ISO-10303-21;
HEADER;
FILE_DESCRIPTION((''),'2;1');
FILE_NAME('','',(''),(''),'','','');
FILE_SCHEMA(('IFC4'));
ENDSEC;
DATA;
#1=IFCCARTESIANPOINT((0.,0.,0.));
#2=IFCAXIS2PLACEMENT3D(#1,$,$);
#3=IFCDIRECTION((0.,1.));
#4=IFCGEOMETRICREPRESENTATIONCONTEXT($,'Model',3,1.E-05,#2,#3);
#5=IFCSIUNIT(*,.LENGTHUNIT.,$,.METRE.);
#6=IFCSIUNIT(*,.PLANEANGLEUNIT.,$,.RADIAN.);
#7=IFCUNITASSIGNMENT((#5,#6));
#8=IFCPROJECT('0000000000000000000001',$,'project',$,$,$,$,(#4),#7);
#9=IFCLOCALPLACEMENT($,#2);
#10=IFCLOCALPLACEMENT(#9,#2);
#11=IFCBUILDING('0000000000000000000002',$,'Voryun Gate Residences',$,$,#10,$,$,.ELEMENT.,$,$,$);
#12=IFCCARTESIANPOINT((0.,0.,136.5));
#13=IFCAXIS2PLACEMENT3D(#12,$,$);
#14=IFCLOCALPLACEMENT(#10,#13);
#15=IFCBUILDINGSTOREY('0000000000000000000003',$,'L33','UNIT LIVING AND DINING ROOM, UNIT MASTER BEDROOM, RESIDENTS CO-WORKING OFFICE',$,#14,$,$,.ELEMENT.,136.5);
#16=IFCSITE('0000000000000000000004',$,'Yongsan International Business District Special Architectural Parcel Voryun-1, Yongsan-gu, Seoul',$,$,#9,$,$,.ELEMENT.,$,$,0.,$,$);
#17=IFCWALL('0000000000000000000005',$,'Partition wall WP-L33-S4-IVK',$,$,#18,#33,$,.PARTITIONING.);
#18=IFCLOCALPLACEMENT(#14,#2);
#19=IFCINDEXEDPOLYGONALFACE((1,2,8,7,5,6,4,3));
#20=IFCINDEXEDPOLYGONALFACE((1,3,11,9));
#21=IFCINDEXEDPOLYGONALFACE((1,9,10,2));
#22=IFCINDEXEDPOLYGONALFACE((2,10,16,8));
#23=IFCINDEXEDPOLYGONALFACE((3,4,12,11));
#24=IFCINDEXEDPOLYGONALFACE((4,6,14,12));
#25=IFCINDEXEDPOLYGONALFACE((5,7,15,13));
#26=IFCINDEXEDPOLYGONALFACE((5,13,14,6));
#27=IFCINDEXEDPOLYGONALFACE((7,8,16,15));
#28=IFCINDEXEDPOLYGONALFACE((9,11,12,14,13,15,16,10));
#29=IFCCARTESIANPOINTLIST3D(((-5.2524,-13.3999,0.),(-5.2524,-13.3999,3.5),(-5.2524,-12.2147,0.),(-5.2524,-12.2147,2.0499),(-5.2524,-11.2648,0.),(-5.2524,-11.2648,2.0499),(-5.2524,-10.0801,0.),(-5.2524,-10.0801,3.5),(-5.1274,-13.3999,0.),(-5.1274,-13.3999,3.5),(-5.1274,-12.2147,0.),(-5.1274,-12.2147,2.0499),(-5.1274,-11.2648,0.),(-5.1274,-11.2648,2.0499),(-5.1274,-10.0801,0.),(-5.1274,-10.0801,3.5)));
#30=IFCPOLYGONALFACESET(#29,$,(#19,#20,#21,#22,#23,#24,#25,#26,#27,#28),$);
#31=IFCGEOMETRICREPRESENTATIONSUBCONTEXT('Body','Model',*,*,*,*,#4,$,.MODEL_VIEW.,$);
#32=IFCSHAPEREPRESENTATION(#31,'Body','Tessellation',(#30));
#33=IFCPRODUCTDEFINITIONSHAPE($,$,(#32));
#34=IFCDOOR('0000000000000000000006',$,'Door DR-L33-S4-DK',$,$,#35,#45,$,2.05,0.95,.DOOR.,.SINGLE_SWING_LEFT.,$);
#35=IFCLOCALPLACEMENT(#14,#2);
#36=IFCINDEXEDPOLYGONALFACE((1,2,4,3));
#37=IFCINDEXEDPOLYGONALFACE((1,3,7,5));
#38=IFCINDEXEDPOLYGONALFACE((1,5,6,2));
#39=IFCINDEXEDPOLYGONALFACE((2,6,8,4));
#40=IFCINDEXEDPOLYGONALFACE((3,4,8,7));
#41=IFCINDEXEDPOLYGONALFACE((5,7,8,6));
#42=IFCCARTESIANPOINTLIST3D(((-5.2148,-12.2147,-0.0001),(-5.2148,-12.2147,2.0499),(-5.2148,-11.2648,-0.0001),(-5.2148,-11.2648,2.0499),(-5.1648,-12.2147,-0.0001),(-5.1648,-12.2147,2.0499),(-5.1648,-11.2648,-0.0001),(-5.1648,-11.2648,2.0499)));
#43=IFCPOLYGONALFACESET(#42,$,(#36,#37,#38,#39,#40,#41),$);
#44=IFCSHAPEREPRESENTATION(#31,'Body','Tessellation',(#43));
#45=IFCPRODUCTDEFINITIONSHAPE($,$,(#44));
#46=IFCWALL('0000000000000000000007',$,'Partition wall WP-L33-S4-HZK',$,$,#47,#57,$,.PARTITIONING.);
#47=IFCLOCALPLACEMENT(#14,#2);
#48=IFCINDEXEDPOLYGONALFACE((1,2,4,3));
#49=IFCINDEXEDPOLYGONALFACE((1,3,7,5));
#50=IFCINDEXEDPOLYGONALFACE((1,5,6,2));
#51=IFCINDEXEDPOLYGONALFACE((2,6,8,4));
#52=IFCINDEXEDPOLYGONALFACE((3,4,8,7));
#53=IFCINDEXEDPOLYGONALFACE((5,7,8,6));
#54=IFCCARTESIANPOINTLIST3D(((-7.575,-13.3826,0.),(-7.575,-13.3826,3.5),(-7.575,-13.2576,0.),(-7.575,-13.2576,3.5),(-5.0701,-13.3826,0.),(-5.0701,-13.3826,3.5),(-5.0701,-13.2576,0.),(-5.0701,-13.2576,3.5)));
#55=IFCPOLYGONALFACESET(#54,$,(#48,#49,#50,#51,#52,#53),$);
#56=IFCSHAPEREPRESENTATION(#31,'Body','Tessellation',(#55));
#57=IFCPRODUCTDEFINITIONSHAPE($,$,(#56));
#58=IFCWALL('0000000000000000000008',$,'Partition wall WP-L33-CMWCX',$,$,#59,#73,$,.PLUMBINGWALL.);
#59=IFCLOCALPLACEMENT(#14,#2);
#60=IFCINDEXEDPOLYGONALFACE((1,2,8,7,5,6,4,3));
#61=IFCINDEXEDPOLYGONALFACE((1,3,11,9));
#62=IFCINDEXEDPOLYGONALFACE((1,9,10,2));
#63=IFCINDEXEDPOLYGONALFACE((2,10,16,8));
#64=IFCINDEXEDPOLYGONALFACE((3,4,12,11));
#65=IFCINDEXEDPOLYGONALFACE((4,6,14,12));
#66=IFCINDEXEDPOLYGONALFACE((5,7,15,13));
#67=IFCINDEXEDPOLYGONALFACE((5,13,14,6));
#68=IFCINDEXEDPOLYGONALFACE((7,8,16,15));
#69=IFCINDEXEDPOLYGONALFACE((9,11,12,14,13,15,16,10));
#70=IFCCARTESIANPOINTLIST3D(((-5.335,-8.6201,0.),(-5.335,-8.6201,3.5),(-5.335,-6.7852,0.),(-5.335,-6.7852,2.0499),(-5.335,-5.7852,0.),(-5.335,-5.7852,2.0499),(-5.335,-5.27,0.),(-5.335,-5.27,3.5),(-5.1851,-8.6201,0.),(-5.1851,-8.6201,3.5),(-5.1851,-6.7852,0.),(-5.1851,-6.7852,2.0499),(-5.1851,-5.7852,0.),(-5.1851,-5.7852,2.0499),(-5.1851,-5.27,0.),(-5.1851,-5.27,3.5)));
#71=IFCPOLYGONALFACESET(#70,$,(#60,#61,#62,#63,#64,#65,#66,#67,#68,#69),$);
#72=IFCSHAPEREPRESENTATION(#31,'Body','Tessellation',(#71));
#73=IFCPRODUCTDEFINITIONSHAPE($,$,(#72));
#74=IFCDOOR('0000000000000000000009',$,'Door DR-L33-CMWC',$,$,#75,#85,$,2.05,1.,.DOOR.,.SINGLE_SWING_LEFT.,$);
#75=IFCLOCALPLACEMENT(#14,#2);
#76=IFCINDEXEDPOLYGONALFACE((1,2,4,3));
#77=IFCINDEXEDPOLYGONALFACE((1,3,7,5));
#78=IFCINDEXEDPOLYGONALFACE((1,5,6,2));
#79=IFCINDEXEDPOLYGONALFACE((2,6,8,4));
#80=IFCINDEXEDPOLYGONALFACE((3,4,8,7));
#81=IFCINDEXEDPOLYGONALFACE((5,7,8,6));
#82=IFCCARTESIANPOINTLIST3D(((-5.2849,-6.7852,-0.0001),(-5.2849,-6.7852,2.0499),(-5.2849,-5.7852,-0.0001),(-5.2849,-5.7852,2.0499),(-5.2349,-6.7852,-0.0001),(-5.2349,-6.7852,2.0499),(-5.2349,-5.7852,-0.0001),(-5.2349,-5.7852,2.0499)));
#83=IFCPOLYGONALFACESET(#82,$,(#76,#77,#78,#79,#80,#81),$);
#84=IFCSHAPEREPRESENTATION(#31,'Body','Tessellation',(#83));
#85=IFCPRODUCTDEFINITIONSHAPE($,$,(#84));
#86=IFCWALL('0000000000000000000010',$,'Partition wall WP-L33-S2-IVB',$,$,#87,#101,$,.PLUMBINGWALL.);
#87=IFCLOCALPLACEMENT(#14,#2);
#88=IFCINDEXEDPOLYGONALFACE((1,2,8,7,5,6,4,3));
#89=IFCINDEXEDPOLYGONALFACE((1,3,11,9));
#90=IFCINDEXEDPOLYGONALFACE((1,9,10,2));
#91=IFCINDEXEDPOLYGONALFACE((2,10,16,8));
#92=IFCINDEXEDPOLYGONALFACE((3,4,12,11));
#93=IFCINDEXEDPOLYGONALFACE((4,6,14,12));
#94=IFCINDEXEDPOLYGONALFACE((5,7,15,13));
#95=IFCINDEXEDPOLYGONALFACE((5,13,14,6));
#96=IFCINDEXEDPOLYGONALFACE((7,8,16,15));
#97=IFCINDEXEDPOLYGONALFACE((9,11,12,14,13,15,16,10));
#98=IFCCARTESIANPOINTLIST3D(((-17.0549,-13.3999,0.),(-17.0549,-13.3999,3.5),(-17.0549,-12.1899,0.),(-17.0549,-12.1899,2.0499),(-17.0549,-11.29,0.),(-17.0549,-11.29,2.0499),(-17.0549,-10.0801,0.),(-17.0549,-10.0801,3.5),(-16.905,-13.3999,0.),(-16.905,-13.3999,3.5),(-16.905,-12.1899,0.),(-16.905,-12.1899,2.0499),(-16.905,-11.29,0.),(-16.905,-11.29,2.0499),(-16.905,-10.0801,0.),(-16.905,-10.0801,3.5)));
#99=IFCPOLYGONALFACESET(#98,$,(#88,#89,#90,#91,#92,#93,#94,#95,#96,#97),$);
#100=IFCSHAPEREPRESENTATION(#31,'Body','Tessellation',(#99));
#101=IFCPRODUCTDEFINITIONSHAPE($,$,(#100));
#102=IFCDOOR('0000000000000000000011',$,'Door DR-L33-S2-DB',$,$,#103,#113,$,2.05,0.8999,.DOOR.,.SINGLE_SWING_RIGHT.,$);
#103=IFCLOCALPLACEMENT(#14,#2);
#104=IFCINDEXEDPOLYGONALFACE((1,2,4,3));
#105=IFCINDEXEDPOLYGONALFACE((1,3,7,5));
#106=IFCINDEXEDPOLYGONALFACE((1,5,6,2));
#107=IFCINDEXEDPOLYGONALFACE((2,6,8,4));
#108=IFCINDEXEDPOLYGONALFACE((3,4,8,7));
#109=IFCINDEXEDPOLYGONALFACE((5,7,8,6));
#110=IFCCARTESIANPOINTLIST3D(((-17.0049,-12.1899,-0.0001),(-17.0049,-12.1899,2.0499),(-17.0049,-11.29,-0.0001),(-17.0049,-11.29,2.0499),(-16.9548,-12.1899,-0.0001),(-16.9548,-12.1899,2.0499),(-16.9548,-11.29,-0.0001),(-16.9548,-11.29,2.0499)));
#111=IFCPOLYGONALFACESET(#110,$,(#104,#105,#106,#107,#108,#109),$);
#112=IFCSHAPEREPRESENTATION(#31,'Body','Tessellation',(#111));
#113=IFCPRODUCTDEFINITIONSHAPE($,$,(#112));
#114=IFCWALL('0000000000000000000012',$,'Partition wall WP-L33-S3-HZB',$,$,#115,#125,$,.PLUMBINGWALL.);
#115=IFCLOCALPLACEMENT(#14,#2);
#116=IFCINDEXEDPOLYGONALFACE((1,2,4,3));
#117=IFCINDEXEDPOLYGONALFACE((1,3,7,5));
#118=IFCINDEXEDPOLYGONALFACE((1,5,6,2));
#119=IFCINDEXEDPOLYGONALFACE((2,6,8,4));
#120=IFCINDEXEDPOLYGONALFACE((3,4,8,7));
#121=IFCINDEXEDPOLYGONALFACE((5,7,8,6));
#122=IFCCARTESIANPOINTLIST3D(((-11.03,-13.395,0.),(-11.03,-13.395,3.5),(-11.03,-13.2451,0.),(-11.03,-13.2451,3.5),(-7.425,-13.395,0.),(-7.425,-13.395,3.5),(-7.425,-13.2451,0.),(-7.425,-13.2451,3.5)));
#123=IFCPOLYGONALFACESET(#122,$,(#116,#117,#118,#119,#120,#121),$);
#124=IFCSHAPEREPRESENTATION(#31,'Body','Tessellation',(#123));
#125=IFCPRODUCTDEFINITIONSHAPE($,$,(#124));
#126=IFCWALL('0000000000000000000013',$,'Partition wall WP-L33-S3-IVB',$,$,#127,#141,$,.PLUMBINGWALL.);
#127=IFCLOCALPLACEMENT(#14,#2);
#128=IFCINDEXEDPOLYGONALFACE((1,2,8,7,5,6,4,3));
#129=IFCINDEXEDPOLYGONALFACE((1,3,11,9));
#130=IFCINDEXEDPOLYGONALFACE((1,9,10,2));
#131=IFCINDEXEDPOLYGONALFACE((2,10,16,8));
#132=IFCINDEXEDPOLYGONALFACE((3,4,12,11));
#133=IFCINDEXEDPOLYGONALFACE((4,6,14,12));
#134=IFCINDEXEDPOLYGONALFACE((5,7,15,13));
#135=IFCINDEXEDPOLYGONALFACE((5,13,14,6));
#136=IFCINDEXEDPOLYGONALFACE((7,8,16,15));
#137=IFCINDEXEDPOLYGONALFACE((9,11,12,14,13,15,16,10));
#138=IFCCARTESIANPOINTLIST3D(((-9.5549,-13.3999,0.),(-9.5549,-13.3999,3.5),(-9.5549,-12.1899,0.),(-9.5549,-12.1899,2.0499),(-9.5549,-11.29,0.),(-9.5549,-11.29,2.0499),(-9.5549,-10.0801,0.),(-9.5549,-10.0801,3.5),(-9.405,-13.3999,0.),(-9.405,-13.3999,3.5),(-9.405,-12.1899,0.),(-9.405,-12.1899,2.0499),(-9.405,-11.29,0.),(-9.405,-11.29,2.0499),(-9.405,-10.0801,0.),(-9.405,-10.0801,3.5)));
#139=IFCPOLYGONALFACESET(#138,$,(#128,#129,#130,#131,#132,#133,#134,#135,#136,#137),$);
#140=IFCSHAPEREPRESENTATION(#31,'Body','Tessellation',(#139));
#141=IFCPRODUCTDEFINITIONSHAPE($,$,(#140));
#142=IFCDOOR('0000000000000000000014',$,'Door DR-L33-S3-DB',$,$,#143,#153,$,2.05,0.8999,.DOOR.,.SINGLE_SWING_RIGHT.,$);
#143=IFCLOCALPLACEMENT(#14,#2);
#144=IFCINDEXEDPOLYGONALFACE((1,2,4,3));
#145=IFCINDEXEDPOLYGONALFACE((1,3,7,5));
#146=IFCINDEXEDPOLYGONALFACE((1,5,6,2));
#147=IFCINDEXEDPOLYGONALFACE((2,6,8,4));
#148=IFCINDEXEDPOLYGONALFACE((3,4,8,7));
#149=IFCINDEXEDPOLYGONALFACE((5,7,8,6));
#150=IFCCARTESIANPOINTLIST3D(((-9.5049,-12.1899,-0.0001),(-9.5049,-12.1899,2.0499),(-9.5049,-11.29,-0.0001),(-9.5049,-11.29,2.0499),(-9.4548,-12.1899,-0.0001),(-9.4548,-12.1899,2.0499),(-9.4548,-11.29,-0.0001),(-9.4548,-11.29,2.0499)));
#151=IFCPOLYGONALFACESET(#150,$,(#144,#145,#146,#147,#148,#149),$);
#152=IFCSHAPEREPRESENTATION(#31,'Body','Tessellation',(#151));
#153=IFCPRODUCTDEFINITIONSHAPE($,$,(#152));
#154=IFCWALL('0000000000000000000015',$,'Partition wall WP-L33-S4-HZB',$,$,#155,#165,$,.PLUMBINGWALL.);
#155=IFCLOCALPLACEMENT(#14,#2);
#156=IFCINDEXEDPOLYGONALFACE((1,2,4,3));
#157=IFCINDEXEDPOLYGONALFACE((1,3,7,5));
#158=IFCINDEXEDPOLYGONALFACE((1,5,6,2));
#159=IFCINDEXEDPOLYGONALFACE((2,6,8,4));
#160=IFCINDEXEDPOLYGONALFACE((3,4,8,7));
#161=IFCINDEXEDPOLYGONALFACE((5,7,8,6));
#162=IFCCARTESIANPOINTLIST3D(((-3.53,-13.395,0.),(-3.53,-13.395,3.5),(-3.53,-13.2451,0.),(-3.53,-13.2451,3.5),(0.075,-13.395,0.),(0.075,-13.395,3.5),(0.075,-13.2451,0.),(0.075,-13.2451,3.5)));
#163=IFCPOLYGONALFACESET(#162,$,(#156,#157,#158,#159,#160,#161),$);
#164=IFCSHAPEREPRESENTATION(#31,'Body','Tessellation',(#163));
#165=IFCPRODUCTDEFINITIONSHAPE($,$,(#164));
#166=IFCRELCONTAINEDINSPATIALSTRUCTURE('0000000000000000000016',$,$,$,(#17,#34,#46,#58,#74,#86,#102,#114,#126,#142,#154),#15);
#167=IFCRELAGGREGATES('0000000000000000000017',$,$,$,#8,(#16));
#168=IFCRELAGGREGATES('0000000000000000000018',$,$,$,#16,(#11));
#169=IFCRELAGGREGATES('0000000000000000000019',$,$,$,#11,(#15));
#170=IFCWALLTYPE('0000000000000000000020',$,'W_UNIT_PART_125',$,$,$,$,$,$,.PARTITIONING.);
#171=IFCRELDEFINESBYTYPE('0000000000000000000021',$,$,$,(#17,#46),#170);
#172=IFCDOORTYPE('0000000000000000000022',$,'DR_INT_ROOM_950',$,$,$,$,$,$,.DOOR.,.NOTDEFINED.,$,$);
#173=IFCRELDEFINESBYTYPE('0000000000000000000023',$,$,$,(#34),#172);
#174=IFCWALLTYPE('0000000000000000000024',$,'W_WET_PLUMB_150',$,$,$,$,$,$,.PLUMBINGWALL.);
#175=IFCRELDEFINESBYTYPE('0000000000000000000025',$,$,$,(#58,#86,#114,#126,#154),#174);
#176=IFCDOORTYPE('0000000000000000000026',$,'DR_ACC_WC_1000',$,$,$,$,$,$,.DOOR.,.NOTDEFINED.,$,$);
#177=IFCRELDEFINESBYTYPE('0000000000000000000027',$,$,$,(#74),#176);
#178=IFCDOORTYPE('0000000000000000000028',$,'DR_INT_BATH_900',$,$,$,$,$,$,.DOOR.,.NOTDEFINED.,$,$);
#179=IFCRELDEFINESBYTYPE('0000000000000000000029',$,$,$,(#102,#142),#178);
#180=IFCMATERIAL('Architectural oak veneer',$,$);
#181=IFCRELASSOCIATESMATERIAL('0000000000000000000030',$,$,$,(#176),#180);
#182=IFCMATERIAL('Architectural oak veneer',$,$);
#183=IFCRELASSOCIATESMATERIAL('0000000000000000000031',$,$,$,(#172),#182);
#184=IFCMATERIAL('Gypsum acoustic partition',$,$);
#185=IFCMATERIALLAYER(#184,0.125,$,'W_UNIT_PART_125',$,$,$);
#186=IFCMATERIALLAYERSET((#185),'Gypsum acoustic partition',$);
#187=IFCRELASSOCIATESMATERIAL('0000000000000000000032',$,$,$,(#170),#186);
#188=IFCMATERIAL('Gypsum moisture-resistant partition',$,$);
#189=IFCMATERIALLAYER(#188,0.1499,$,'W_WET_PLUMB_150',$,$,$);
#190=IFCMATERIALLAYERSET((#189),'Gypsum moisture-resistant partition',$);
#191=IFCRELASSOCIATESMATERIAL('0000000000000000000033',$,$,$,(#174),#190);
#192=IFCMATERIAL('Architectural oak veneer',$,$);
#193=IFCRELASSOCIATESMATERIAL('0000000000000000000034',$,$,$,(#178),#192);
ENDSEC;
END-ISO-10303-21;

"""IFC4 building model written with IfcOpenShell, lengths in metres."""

from ifc_helpers import new_model, si_unit, direction, frame, frame_2d, origin, place, context, subcontext, project, spatial, rectangle, extrude, material, layer, layer_set, type_object, element, fill, save


model = new_model("IFC4")

# Units and contexts
model_context = context("Model", 3, precision=1e-05, world=origin(), true_north=direction((0.0, 1.0)))
body_context = subcontext(model_context, "Body", "Model", "MODEL_VIEW")
ifc_project = project(units=[si_unit("LENGTHUNIT", "METRE"), si_unit("PLANEANGLEUNIT", "RADIAN")], contexts=[model_context])

# Site, building, storey
site_placement = place(None, origin())
site = spatial("IfcSite", under=ifc_project, at=site_placement, Name="Yongsan International Business District Special Architectural Parcel Voryun-1, Yongsan-gu, Seoul", CompositionType="ELEMENT", RefElevation=0.0)
building_placement = place(site_placement, origin())
building = spatial("IfcBuilding", under=site, at=building_placement, Name="Voryun Gate Residences", CompositionType="ELEMENT")
storey_placement = place(building_placement, frame((0.0, 0.0, 136.5)))
storey = spatial("IfcBuildingStorey", under=building, at=storey_placement, Name="L33", Description="UNIT LIVING AND DINING ROOM, UNIT MASTER BEDROOM, RESIDENTS CO-WORKING OFFICE", CompositionType="ELEMENT", Elevation=136.5)

# Shared definitions
ifc_material_1 = material(Name="Architectural oak veneer")
door_type_1 = type_object("IfcDoorType", Name="DR_ACC_WC_1000", OperationType="NOTDEFINED", PredefinedType="DOOR", material=ifc_material_1)
ifc_material_2 = material(Name="Architectural oak veneer")
door_type_2 = type_object("IfcDoorType", Name="DR_INT_ROOM_950", OperationType="NOTDEFINED", PredefinedType="DOOR", material=ifc_material_2)

# Shared definitions
ifc_material_3 = material(Name="Gypsum acoustic partition")
ifc_layer_1 = layer(ifc_material_3, 0.125, Name="W_UNIT_PART_125")
ifc_layer_set_1 = layer_set([ifc_layer_1], Name="Gypsum acoustic partition")
wall_type_1 = type_object("IfcWallType", Name="W_UNIT_PART_125", PredefinedType="PARTITIONING", material=ifc_layer_set_1)

# Wall, opening, door
wall_1_placement = place(storey_placement, frame((-5.1899, -13.3999, 0.0), z_axis=(0.0, 0.0, 1.0), x_axis=(0.0, 1.0, 0.0)))
wall_1 = element("IfcWall", 1, at=wall_1_placement, inside=storey, type_object=wall_type_1, Name="Partition wall WP-L33-S4-IVK", PredefinedType="PARTITIONING", context=body_context, shape_type="SweptSolid", body=[
    extrude(rectangle(XDim=3.3198, YDim=0.125, at=frame_2d((1.6599, 0.0))), origin(), (0.0, 0.0, 1.0), 3.5),
])
opening_1_placement = place(wall_1_placement, frame((1.1851, 0.0, 0.0)))
opening_1 = element("IfcOpeningElement", 2, at=opening_1_placement, cuts=wall_1, PredefinedType="OPENING", context=body_context, shape_type="SweptSolid", body=[
    extrude(rectangle(XDim=0.95, YDim=2.05, at=frame_2d((0.4751, 1.0249))), frame((0.0, 0.0725, 0.0), z_axis=(0.0, -1.0, 0.0), x_axis=(1.0, 0.0, 0.0)), (0.0, 0.0, 1.0), 0.145),
])
door_1_placement = place(opening_1_placement, origin())
door_1 = element("IfcDoor", 3, at=door_1_placement, inside=storey, type_object=door_type_2, Name="Door DR-L33-S4-DK", OperationType="SINGLE_SWING_LEFT", OverallHeight=2.05, OverallWidth=0.95, PredefinedType="DOOR", context=body_context, shape_type="SweptSolid", body=[
    extrude(rectangle(XDim=0.95, YDim=2.05, at=frame_2d((0.4751, 1.0249))), frame((0.0, 0.0249, 0.0), z_axis=(0.0, -1.0, 0.0), x_axis=(1.0, 0.0, 0.0)), (0.0, 0.0, 1.0), 0.05),
])
fill(opening_1, door_1)

# Wall
wall_2_placement = place(storey_placement, frame((-7.575, -13.3201, 0.0), z_axis=(0.0, 0.0, 1.0), x_axis=(1.0, 0.0, 0.0)))
element("IfcWall", 4, at=wall_2_placement, inside=storey, type_object=wall_type_1, Name="Partition wall WP-L33-S4-HZK", PredefinedType="PARTITIONING", context=body_context, shape_type="SweptSolid", body=[
    extrude(rectangle(XDim=2.5049, YDim=0.125, at=frame_2d((1.2524, 0.0))), origin(), (0.0, 0.0, 1.0), 3.5),
])

# Walls, openings, doors
ifc_material_4 = material(Name="Gypsum moisture-resistant partition")
ifc_layer_2 = layer(ifc_material_4, 0.1499, Name="W_WET_PLUMB_150")
ifc_layer_set_2 = layer_set([ifc_layer_2], Name="Gypsum moisture-resistant partition")
wall_type_2 = type_object("IfcWallType", Name="W_WET_PLUMB_150", PredefinedType="PLUMBINGWALL", material=ifc_layer_set_2)
wall_3_placement = place(storey_placement, frame((-5.26, -8.6201, 0.0), z_axis=(0.0, 0.0, 1.0), x_axis=(0.0, 1.0, 0.0)))
wall_3 = element("IfcWall", 5, at=wall_3_placement, inside=storey, type_object=wall_type_2, Name="Partition wall WP-L33-CMWCX", PredefinedType="PLUMBINGWALL", context=body_context, shape_type="SweptSolid", body=[
    extrude(rectangle(XDim=3.3501, YDim=0.1499, at=frame_2d((1.675, 0.0))), origin(), (0.0, 0.0, 1.0), 3.5),
])
opening_2_placement = place(wall_3_placement, frame((1.835, 0.0, 0.0)))
opening_2 = element("IfcOpeningElement", 6, at=opening_2_placement, cuts=wall_3, PredefinedType="OPENING", context=body_context, shape_type="SweptSolid", body=[
    extrude(rectangle(XDim=1.0, YDim=2.05, at=frame_2d((0.5, 1.0249))), frame((0.0, 0.085, 0.0), z_axis=(0.0, -1.0, 0.0), x_axis=(1.0, 0.0, 0.0)), (0.0, 0.0, 1.0), 0.1699),
])
door_2_placement = place(opening_2_placement, origin())
door_2 = element("IfcDoor", 7, at=door_2_placement, inside=storey, type_object=door_type_1, Name="Door DR-L33-CMWC", OperationType="SINGLE_SWING_LEFT", OverallHeight=2.05, OverallWidth=1.0, PredefinedType="DOOR", context=body_context, shape_type="SweptSolid", body=[
    extrude(rectangle(XDim=1.0, YDim=2.05, at=frame_2d((0.5, 1.0249))), frame((0.0, 0.0249, 0.0), z_axis=(0.0, -1.0, 0.0), x_axis=(1.0, 0.0, 0.0)), (0.0, 0.0, 1.0), 0.05),
])
fill(opening_2, door_2)
wall_4_placement = place(storey_placement, frame((-16.98, -13.3999, 0.0), z_axis=(0.0, 0.0, 1.0), x_axis=(0.0, 1.0, 0.0)))
wall_4 = element("IfcWall", 8, at=wall_4_placement, inside=storey, type_object=wall_type_2, Name="Partition wall WP-L33-S2-IVB", PredefinedType="PLUMBINGWALL", context=body_context, shape_type="SweptSolid", body=[
    extrude(rectangle(XDim=3.3198, YDim=0.1499, at=frame_2d((1.6599, 0.0))), origin(), (0.0, 0.0, 1.0), 3.5),
])
opening_3_placement = place(wall_4_placement, frame((1.21, 0.0, 0.0)))
opening_3 = element("IfcOpeningElement", 9, at=opening_3_placement, cuts=wall_4, PredefinedType="OPENING", context=body_context, shape_type="SweptSolid", body=[
    extrude(rectangle(XDim=0.8999, YDim=2.05, at=frame_2d((0.45, 1.0249))), frame((0.0, 0.085, 0.0), z_axis=(0.0, -1.0, 0.0), x_axis=(1.0, 0.0, 0.0)), (0.0, 0.0, 1.0), 0.1699),
])
ifc_material_5 = material(Name="Architectural oak veneer")
door_type_3 = type_object("IfcDoorType", Name="DR_INT_BATH_900", OperationType="NOTDEFINED", PredefinedType="DOOR", material=ifc_material_5)
door_3_placement = place(opening_3_placement, origin())
door_3 = element("IfcDoor", 10, at=door_3_placement, inside=storey, type_object=door_type_3, Name="Door DR-L33-S2-DB", OperationType="SINGLE_SWING_RIGHT", OverallHeight=2.05, OverallWidth=0.8999, PredefinedType="DOOR", context=body_context, shape_type="SweptSolid", body=[
    extrude(rectangle(XDim=0.8999, YDim=2.05, at=frame_2d((0.45, 1.0249))), frame((0.0, 0.0249, 0.0), z_axis=(0.0, -1.0, 0.0), x_axis=(1.0, 0.0, 0.0)), (0.0, 0.0, 1.0), 0.05),
])
fill(opening_3, door_3)

# Wall
wall_5_placement = place(storey_placement, frame((-11.03, -13.3201, 0.0), z_axis=(0.0, 0.0, 1.0), x_axis=(1.0, 0.0, 0.0)))
element("IfcWall", 11, at=wall_5_placement, inside=storey, type_object=wall_type_2, Name="Partition wall WP-L33-S3-HZB", PredefinedType="PLUMBINGWALL", context=body_context, shape_type="SweptSolid", body=[
    extrude(rectangle(XDim=3.605, YDim=0.1499, at=frame_2d((1.8025, 0.0))), origin(), (0.0, 0.0, 1.0), 3.5),
])

# Wall, opening, door
wall_6_placement = place(storey_placement, frame((-9.48, -13.3999, 0.0), z_axis=(0.0, 0.0, 1.0), x_axis=(0.0, 1.0, 0.0)))
wall_6 = element("IfcWall", 12, at=wall_6_placement, inside=storey, type_object=wall_type_2, Name="Partition wall WP-L33-S3-IVB", PredefinedType="PLUMBINGWALL", context=body_context, shape_type="SweptSolid", body=[
    extrude(rectangle(XDim=3.3198, YDim=0.1499, at=frame_2d((1.6599, 0.0))), origin(), (0.0, 0.0, 1.0), 3.5),
])
opening_4_placement = place(wall_6_placement, frame((1.21, 0.0, 0.0)))
opening_4 = element("IfcOpeningElement", 13, at=opening_4_placement, cuts=wall_6, PredefinedType="OPENING", context=body_context, shape_type="SweptSolid", body=[
    extrude(rectangle(XDim=0.8999, YDim=2.05, at=frame_2d((0.45, 1.0249))), frame((0.0, 0.085, 0.0), z_axis=(0.0, -1.0, 0.0), x_axis=(1.0, 0.0, 0.0)), (0.0, 0.0, 1.0), 0.1699),
])
door_4_placement = place(opening_4_placement, origin())
door_4 = element("IfcDoor", 14, at=door_4_placement, inside=storey, type_object=door_type_3, Name="Door DR-L33-S3-DB", OperationType="SINGLE_SWING_RIGHT", OverallHeight=2.05, OverallWidth=0.8999, PredefinedType="DOOR", context=body_context, shape_type="SweptSolid", body=[
    extrude(rectangle(XDim=0.8999, YDim=2.05, at=frame_2d((0.45, 1.0249))), frame((0.0, 0.0249, 0.0), z_axis=(0.0, -1.0, 0.0), x_axis=(1.0, 0.0, 0.0)), (0.0, 0.0, 1.0), 0.05),
])
fill(opening_4, door_4)

# Wall
wall_7_placement = place(storey_placement, frame((-3.53, -13.3201, 0.0), z_axis=(0.0, 0.0, 1.0), x_axis=(1.0, 0.0, 0.0)))
element("IfcWall", 15, at=wall_7_placement, inside=storey, type_object=wall_type_2, Name="Partition wall WP-L33-S4-HZB", PredefinedType="PLUMBINGWALL", context=body_context, shape_type="SweptSolid", body=[
    extrude(rectangle(XDim=3.605, YDim=0.1499, at=frame_2d((1.8025, 0.0))), origin(), (0.0, 0.0, 1.0), 3.5),
])

save(model, "model.ifc")
